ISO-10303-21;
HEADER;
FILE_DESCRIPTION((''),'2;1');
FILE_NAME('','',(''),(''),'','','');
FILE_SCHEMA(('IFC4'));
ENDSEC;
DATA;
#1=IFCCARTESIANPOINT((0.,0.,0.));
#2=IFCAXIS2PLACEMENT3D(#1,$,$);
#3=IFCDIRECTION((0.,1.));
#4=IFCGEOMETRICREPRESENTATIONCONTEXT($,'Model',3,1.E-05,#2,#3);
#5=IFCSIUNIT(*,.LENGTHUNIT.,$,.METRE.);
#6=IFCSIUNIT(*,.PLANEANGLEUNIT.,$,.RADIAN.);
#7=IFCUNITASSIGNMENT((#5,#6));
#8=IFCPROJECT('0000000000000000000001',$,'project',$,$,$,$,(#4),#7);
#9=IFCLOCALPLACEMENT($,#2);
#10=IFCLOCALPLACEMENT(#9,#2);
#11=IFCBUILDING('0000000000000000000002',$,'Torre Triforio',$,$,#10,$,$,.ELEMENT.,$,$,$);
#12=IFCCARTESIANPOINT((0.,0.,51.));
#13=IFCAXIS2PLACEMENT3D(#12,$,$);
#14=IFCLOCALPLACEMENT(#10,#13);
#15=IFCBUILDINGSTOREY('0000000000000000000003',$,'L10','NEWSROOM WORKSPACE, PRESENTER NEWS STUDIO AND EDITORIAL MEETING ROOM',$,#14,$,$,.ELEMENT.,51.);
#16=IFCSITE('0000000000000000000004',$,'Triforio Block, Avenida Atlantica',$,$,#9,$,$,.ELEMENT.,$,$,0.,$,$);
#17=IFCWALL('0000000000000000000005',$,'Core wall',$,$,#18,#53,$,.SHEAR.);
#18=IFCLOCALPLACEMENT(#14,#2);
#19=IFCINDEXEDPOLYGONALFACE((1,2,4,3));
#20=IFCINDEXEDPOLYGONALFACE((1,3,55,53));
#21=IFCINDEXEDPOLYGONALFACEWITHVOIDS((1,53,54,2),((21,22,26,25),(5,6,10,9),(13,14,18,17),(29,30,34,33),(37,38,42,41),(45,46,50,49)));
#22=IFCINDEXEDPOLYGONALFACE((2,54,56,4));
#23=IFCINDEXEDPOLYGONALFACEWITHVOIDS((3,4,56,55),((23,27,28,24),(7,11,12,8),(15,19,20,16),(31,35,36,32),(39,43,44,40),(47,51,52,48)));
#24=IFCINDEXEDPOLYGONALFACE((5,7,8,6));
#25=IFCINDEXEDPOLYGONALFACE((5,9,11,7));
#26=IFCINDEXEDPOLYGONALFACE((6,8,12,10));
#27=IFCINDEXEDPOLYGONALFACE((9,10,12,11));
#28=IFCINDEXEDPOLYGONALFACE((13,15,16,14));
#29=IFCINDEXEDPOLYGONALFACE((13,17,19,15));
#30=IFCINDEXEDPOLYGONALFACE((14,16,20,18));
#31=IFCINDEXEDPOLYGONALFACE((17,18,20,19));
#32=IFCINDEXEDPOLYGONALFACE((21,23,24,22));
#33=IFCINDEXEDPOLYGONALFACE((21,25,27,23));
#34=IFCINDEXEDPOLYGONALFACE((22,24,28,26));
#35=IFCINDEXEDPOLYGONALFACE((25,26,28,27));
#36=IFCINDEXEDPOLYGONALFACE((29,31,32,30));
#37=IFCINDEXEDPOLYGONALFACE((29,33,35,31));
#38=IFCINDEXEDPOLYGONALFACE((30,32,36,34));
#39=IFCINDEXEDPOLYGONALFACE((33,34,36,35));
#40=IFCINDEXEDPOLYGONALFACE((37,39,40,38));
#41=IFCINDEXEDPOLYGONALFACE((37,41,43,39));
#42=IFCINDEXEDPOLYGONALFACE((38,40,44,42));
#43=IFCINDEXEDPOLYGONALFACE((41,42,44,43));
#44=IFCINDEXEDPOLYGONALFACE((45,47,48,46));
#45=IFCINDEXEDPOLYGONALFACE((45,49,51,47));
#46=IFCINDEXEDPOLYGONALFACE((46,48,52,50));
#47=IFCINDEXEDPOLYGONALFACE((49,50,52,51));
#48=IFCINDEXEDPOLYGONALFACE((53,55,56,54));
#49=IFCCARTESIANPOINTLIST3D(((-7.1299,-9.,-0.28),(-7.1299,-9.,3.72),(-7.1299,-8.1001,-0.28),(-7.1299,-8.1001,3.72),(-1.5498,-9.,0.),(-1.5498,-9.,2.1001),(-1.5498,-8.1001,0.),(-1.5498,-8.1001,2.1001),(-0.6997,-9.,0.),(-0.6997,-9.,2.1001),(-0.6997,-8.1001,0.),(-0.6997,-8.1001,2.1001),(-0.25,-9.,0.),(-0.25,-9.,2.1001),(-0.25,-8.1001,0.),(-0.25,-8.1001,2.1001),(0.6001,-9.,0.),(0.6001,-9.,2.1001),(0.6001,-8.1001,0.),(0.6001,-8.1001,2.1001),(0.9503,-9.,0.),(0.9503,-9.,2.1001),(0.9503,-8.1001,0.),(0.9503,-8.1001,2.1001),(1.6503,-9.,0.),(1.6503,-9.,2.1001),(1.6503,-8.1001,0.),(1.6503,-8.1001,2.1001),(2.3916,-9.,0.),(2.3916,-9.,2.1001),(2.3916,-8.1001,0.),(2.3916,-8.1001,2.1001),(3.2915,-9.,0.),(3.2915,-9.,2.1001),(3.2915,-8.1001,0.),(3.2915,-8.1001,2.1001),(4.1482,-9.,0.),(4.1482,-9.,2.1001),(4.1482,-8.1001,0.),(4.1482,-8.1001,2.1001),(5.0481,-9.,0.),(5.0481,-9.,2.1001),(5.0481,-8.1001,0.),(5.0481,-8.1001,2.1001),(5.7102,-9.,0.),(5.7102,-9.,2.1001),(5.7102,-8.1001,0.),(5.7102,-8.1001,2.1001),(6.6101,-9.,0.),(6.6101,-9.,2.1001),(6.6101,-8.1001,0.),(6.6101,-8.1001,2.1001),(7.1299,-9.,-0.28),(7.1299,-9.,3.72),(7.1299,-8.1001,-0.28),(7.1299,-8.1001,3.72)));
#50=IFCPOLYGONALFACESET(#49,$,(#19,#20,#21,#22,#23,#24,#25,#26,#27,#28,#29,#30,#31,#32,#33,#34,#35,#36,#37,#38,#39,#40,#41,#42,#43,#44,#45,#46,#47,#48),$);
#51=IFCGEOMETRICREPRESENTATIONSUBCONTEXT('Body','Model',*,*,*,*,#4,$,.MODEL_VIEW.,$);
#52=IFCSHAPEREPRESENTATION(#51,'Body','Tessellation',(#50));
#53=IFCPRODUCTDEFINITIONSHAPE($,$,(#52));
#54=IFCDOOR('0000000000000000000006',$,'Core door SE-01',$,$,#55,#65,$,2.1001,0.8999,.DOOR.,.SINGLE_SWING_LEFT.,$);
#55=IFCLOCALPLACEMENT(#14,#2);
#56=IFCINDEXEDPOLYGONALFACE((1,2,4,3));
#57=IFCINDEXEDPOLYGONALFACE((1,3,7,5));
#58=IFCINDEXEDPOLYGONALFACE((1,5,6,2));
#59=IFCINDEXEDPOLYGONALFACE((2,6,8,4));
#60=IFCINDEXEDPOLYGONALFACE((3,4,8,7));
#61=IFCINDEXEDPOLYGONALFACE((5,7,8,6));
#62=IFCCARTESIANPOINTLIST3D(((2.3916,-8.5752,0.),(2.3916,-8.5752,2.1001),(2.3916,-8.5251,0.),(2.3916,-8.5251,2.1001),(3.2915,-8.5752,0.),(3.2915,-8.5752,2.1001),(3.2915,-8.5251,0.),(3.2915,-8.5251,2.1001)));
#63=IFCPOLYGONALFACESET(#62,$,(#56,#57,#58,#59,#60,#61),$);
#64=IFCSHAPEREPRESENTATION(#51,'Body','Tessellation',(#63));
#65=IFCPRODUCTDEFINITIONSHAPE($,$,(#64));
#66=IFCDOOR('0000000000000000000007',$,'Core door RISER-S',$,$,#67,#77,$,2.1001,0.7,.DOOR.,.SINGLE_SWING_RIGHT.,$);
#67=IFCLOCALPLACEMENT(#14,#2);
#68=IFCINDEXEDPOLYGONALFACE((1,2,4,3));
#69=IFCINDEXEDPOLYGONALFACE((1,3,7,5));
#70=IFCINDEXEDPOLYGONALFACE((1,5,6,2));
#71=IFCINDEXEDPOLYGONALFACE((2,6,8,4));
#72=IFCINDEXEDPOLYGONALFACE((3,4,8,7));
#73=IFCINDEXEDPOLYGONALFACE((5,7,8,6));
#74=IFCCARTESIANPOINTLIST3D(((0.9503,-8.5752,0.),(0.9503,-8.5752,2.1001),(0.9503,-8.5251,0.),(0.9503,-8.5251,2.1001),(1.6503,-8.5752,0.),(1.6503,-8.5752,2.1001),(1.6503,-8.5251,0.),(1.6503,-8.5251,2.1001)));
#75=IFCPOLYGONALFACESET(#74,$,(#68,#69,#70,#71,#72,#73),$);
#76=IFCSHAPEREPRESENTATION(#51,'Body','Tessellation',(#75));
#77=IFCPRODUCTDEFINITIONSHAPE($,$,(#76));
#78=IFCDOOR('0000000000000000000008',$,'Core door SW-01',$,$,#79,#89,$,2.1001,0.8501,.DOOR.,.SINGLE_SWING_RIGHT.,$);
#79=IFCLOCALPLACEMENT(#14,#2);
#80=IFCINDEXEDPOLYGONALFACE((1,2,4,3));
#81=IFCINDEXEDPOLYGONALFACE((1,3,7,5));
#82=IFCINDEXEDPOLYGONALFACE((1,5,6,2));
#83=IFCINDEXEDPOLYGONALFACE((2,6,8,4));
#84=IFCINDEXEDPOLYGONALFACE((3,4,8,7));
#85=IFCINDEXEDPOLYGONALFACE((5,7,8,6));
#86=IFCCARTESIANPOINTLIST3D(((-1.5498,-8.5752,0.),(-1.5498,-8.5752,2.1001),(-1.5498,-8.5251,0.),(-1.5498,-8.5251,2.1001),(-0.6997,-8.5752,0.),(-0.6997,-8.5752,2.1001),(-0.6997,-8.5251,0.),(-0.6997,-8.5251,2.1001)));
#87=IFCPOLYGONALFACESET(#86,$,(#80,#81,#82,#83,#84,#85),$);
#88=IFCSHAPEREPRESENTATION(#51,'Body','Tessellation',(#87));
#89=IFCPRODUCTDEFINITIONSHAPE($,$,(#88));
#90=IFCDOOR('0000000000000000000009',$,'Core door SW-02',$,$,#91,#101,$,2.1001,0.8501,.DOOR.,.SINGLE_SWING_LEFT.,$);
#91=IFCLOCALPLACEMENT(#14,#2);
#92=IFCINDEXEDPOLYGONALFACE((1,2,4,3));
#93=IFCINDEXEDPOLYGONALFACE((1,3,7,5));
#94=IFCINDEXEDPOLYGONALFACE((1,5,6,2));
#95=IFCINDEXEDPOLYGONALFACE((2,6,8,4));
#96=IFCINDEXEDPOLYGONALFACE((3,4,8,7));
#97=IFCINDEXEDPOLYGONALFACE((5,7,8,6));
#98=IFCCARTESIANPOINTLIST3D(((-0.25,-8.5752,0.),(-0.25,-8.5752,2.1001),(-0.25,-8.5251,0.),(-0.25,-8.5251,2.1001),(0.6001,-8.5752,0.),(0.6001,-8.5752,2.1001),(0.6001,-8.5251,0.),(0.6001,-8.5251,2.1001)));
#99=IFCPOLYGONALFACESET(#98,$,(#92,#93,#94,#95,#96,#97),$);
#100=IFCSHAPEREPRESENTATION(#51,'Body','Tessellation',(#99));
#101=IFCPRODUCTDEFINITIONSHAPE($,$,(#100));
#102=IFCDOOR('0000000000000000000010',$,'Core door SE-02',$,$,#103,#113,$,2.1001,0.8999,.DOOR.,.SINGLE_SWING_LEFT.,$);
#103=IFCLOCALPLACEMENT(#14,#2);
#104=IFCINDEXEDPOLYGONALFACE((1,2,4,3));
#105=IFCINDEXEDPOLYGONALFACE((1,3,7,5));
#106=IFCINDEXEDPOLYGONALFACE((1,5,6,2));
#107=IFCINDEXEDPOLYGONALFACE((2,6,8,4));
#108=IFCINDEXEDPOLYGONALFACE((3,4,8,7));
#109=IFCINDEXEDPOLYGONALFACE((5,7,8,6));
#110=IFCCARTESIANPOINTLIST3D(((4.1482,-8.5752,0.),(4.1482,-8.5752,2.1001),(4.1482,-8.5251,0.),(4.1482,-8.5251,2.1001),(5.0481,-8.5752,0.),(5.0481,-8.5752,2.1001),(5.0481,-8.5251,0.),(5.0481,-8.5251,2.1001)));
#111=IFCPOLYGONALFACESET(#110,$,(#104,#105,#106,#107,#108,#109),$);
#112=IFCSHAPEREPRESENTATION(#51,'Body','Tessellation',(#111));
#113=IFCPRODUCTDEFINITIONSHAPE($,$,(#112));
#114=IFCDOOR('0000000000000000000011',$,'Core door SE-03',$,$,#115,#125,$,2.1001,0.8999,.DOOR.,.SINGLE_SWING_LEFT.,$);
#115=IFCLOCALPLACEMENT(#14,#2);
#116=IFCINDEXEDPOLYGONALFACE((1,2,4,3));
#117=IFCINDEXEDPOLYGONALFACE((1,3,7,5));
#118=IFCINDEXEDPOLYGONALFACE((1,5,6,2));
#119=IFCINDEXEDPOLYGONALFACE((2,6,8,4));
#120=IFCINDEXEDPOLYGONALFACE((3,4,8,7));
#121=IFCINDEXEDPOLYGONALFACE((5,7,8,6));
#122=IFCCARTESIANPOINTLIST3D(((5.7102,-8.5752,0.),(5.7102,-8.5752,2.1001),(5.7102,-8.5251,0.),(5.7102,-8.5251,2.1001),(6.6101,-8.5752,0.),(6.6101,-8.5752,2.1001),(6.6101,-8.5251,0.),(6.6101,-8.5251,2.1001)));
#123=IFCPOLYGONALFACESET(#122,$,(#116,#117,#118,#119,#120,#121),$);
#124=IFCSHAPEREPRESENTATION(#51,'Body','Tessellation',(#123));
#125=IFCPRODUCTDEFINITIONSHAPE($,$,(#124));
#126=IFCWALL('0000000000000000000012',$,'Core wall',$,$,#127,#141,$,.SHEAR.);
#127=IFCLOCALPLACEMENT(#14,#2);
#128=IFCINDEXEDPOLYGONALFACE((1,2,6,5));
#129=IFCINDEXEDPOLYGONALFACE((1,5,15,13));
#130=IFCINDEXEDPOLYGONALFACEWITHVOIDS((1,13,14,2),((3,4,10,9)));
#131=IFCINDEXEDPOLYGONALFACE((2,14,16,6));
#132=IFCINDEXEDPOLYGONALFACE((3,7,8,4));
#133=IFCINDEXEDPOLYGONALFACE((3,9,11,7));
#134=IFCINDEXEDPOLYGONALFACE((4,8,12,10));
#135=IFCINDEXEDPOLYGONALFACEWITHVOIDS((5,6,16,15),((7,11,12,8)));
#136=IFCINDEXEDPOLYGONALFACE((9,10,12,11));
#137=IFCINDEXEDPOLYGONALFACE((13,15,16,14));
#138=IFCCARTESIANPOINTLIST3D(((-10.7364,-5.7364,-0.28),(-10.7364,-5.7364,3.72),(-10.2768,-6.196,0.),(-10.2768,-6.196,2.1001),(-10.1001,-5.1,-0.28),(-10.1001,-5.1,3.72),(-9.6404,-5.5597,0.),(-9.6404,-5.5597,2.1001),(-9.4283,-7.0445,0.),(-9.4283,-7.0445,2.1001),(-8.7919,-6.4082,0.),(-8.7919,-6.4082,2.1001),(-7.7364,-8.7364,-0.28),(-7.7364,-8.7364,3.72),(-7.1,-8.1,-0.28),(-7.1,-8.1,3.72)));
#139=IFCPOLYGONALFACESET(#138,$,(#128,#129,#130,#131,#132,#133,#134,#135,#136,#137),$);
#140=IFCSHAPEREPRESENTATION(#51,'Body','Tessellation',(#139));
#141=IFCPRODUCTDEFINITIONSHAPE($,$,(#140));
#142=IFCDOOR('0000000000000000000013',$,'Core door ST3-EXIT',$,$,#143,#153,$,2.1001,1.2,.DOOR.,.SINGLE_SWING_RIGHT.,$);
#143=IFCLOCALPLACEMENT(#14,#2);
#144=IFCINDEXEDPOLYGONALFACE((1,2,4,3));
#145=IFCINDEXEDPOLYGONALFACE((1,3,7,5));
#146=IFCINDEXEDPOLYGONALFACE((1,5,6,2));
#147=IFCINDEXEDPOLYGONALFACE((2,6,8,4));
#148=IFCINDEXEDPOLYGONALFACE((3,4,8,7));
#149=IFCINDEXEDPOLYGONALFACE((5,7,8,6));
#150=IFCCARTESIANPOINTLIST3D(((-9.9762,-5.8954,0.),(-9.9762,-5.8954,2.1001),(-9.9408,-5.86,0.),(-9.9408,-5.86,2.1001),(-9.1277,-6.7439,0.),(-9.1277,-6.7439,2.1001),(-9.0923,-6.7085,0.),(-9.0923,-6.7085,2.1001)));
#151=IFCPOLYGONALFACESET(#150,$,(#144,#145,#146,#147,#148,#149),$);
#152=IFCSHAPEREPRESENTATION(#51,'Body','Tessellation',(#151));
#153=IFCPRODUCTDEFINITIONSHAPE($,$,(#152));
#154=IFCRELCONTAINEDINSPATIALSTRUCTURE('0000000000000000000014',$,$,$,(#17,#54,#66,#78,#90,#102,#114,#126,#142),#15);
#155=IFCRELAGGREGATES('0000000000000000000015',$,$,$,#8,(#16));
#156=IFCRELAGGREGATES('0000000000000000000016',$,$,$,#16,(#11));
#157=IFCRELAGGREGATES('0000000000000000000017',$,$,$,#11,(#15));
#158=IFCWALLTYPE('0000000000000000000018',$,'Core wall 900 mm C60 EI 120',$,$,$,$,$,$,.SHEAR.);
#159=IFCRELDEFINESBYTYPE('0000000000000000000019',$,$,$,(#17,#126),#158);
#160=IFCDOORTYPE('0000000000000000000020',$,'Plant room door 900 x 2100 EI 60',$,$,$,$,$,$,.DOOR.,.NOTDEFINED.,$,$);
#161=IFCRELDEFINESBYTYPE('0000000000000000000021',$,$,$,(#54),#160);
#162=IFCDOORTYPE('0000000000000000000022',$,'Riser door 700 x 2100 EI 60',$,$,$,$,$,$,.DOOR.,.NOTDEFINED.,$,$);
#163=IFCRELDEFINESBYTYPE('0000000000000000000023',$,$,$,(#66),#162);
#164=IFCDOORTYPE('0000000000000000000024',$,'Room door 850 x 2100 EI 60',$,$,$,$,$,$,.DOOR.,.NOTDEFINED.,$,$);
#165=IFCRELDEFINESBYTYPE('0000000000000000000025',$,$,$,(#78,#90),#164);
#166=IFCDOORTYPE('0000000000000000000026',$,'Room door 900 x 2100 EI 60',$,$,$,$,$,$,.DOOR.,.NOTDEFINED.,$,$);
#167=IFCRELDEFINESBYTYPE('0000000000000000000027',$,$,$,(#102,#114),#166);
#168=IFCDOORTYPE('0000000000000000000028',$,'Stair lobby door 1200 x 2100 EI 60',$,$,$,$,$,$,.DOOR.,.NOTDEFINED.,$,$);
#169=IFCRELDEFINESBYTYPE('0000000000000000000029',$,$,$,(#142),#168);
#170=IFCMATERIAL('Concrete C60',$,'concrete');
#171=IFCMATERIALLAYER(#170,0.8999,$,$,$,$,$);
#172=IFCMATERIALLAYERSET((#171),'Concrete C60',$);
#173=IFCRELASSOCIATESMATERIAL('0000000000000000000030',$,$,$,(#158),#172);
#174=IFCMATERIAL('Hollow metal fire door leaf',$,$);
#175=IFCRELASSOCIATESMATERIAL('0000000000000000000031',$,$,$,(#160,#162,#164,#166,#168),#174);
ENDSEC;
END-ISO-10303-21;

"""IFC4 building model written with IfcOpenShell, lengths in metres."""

from ifc_helpers import new_model, si_unit, direction, frame, frame_2d, origin, place, context, subcontext, project, spatial, rectangle, extrude, material, layer, layer_set, type_object, element, fill, save


model = new_model("IFC4")

# Units and contexts
model_context = context("Model", 3, precision=1e-05, world=origin(), true_north=direction((0.0, 1.0)))
body_context = subcontext(model_context, "Body", "Model", "MODEL_VIEW")
ifc_project = project(units=[si_unit("LENGTHUNIT", "METRE"), si_unit("PLANEANGLEUNIT", "RADIAN")], contexts=[model_context])

# Site, building, storey
site_placement = place(None, origin())
site = spatial("IfcSite", under=ifc_project, at=site_placement, Name="Triforio Block, Avenida Atlantica", CompositionType="ELEMENT", RefElevation=0.0)
building_placement = place(site_placement, origin())
building = spatial("IfcBuilding", under=site, at=building_placement, Name="Torre Triforio", CompositionType="ELEMENT")
storey_placement = place(building_placement, frame((0.0, 0.0, 51.0)))
storey = spatial("IfcBuildingStorey", under=building, at=storey_placement, Name="L10", Description="NEWSROOM WORKSPACE, PRESENTER NEWS STUDIO AND EDITORIAL MEETING ROOM", CompositionType="ELEMENT", Elevation=51.0)

# Shared definitions
ifc_material_1 = material(Name="Concrete C60", Category="concrete")

# Wall, openings, doors
ifc_layer_1 = layer(ifc_material_1, 0.8999)
ifc_layer_set_1 = layer_set([ifc_layer_1], Name="Concrete C60")
wall_type_1 = type_object("IfcWallType", Name="Core wall 900 mm C60 EI 120", PredefinedType="SHEAR", material=ifc_layer_set_1)
wall_1_placement = place(storey_placement, frame((-7.1299, -8.55, -0.28), z_axis=(0.0, 0.0, 1.0), x_axis=(1.0, 0.0, 0.0)))
wall_1 = element("IfcWall", 1, at=wall_1_placement, inside=storey, type_object=wall_type_1, Name="Core wall", PredefinedType="SHEAR", context=body_context, shape_type="SweptSolid", body=[
    extrude(rectangle(XDim=14.2598, YDim=0.8999, at=frame_2d((7.1299, 0.0))), origin(), (0.0, 0.0, 1.0), 4.0),
])
opening_1_placement = place(wall_1_placement, frame((8.0801, 0.0, 0.28)))
opening_1 = element("IfcOpeningElement", 2, at=opening_1_placement, cuts=wall_1, PredefinedType="OPENING", context=body_context, shape_type="SweptSolid", body=[
    extrude(rectangle(XDim=0.7, YDim=2.1001, at=frame_2d((0.3501, 1.05))), frame((0.0, 0.46, 0.0), z_axis=(0.0, -1.0, 0.0), x_axis=(1.0, 0.0, 0.0)), (0.0, 0.0, 1.0), 0.9199),
])
opening_2_placement = place(wall_1_placement, frame((5.5801, 0.0, 0.28)))
opening_2 = element("IfcOpeningElement", 3, at=opening_2_placement, cuts=wall_1, PredefinedType="OPENING", context=body_context, shape_type="SweptSolid", body=[
    extrude(rectangle(XDim=0.8501, YDim=2.1001, at=frame_2d((0.425, 1.05))), frame((0.0, 0.46, 0.0), z_axis=(0.0, -1.0, 0.0), x_axis=(1.0, 0.0, 0.0)), (0.0, 0.0, 1.0), 0.9199),
])
opening_3_placement = place(wall_1_placement, frame((6.8799, 0.0, 0.28)))
opening_3 = element("IfcOpeningElement", 4, at=opening_3_placement, cuts=wall_1, PredefinedType="OPENING", context=body_context, shape_type="SweptSolid", body=[
    extrude(rectangle(XDim=0.8501, YDim=2.1001, at=frame_2d((0.425, 1.05))), frame((0.0, 0.46, 0.0), z_axis=(0.0, -1.0, 0.0), x_axis=(1.0, 0.0, 0.0)), (0.0, 0.0, 1.0), 0.9199),
])
opening_4_placement = place(wall_1_placement, frame((9.5215, 0.0, 0.28)))
opening_4 = element("IfcOpeningElement", 5, at=opening_4_placement, cuts=wall_1, PredefinedType="OPENING", context=body_context, shape_type="SweptSolid", body=[
    extrude(rectangle(XDim=0.8999, YDim=2.1001, at=frame_2d((0.45, 1.05))), frame((0.0, 0.46, 0.0), z_axis=(0.0, -1.0, 0.0), x_axis=(1.0, 0.0, 0.0)), (0.0, 0.0, 1.0), 0.9199),
])
opening_5_placement = place(wall_1_placement, frame((11.2781, 0.0, 0.28)))
opening_5 = element("IfcOpeningElement", 6, at=opening_5_placement, cuts=wall_1, PredefinedType="OPENING", context=body_context, shape_type="SweptSolid", body=[
    extrude(rectangle(XDim=0.8999, YDim=2.1001, at=frame_2d((0.45, 1.05))), frame((0.0, 0.46, 0.0), z_axis=(0.0, -1.0, 0.0), x_axis=(1.0, 0.0, 0.0)), (0.0, 0.0, 1.0), 0.9199),
])
opening_6_placement = place(wall_1_placement, frame((12.8401, 0.0, 0.28)))
opening_6 = element("IfcOpeningElement", 7, at=opening_6_placement, cuts=wall_1, PredefinedType="OPENING", context=body_context, shape_type="SweptSolid", body=[
    extrude(rectangle(XDim=0.8999, YDim=2.1001, at=frame_2d((0.45, 1.05))), frame((0.0, 0.46, 0.0), z_axis=(0.0, -1.0, 0.0), x_axis=(1.0, 0.0, 0.0)), (0.0, 0.0, 1.0), 0.9199),
])
ifc_material_2 = material(Name="Hollow metal fire door leaf")
door_type_1 = type_object("IfcDoorType", Name="Plant room door 900 x 2100 EI 60", OperationType="NOTDEFINED", PredefinedType="DOOR", material=ifc_material_2)
door_1_placement = place(opening_4_placement, origin())
door_1 = element("IfcDoor", 8, at=door_1_placement, inside=storey, type_object=door_type_1, Name="Core door SE-01", OperationType="SINGLE_SWING_LEFT", OverallHeight=2.1001, OverallWidth=0.8999, PredefinedType="DOOR", context=body_context, shape_type="SweptSolid", body=[
    extrude(rectangle(XDim=0.8999, YDim=2.1001, at=frame_2d((0.45, 1.05))), frame((0.0, 0.0249, 0.0), z_axis=(0.0, -1.0, 0.0), x_axis=(1.0, 0.0, 0.0)), (0.0, 0.0, 1.0), 0.05),
])
fill(opening_4, door_1)
door_type_2 = type_object("IfcDoorType", Name="Riser door 700 x 2100 EI 60", OperationType="NOTDEFINED", PredefinedType="DOOR", material=ifc_material_2)
door_2_placement = place(opening_1_placement, origin())
door_2 = element("IfcDoor", 9, at=door_2_placement, inside=storey, type_object=door_type_2, Name="Core door RISER-S", OperationType="SINGLE_SWING_RIGHT", OverallHeight=2.1001, OverallWidth=0.7, PredefinedType="DOOR", context=body_context, shape_type="SweptSolid", body=[
    extrude(rectangle(XDim=0.7, YDim=2.1001, at=frame_2d((0.3501, 1.05))), frame((0.0, 0.0249, 0.0), z_axis=(0.0, -1.0, 0.0), x_axis=(1.0, 0.0, 0.0)), (0.0, 0.0, 1.0), 0.05),
])
fill(opening_1, door_2)
door_type_3 = type_object("IfcDoorType", Name="Room door 850 x 2100 EI 60", OperationType="NOTDEFINED", PredefinedType="DOOR", material=ifc_material_2)
door_3_placement = place(opening_2_placement, origin())
door_3 = element("IfcDoor", 10, at=door_3_placement, inside=storey, type_object=door_type_3, Name="Core door SW-01", OperationType="SINGLE_SWING_RIGHT", OverallHeight=2.1001, OverallWidth=0.8501, PredefinedType="DOOR", context=body_context, shape_type="SweptSolid", body=[
    extrude(rectangle(XDim=0.8501, YDim=2.1001, at=frame_2d((0.425, 1.05))), frame((0.0, 0.0249, 0.0), z_axis=(0.0, -1.0, 0.0), x_axis=(1.0, 0.0, 0.0)), (0.0, 0.0, 1.0), 0.05),
])
fill(opening_2, door_3)
door_4_placement = place(opening_3_placement, origin())
door_4 = element("IfcDoor", 11, at=door_4_placement, inside=storey, type_object=door_type_3, Name="Core door SW-02", OperationType="SINGLE_SWING_LEFT", OverallHeight=2.1001, OverallWidth=0.8501, PredefinedType="DOOR", context=body_context, shape_type="SweptSolid", body=[
    extrude(rectangle(XDim=0.8501, YDim=2.1001, at=frame_2d((0.425, 1.05))), frame((0.0, 0.0249, 0.0), z_axis=(0.0, -1.0, 0.0), x_axis=(1.0, 0.0, 0.0)), (0.0, 0.0, 1.0), 0.05),
])
fill(opening_3, door_4)
door_type_4 = type_object("IfcDoorType", Name="Room door 900 x 2100 EI 60", OperationType="NOTDEFINED", PredefinedType="DOOR", material=ifc_material_2)
door_5_placement = place(opening_5_placement, origin())
door_5 = element("IfcDoor", 12, at=door_5_placement, inside=storey, type_object=door_type_4, Name="Core door SE-02", OperationType="SINGLE_SWING_LEFT", OverallHeight=2.1001, OverallWidth=0.8999, PredefinedType="DOOR", context=body_context, shape_type="SweptSolid", body=[
    extrude(rectangle(XDim=0.8999, YDim=2.1001, at=frame_2d((0.45, 1.05))), frame((0.0, 0.0249, 0.0), z_axis=(0.0, -1.0, 0.0), x_axis=(1.0, 0.0, 0.0)), (0.0, 0.0, 1.0), 0.05),
])
fill(opening_5, door_5)
door_6_placement = place(opening_6_placement, origin())
door_6 = element("IfcDoor", 13, at=door_6_placement, inside=storey, type_object=door_type_4, Name="Core door SE-03", OperationType="SINGLE_SWING_LEFT", OverallHeight=2.1001, OverallWidth=0.8999, PredefinedType="DOOR", context=body_context, shape_type="SweptSolid", body=[
    extrude(rectangle(XDim=0.8999, YDim=2.1001, at=frame_2d((0.45, 1.05))), frame((0.0, 0.0249, 0.0), z_axis=(0.0, -1.0, 0.0), x_axis=(1.0, 0.0, 0.0)), (0.0, 0.0, 1.0), 0.05),
])
fill(opening_6, door_6)

# Wall, opening, door
wall_2_placement = place(storey_placement, frame((-7.4182, -8.4182, -0.28), z_axis=(0.0, 0.0, 1.0), x_axis=(-0.707107, 0.707107, 0.0)))
wall_2 = element("IfcWall", 14, at=wall_2_placement, inside=storey, type_object=wall_type_1, Name="Core wall", PredefinedType="SHEAR", context=body_context, shape_type="SweptSolid", body=[
    extrude(rectangle(XDim=4.2427, YDim=0.8999, at=frame_2d((2.1213, 0.0))), origin(), (0.0, 0.0, 1.0), 4.0),
])
opening_7_placement = place(wall_2_placement, frame((2.3926, 0.0, 0.28)))
opening_7 = element("IfcOpeningElement", 15, at=opening_7_placement, cuts=wall_2, PredefinedType="OPENING", context=body_context, shape_type="SweptSolid", body=[
    extrude(rectangle(XDim=1.2, YDim=2.1001, at=frame_2d((0.6001, 1.05))), frame((0.0, 0.46, 0.0), z_axis=(0.0, -1.0, 0.0), x_axis=(1.0, 0.0, 0.0)), (0.0, 0.0, 1.0), 0.9199),
])
door_type_5 = type_object("IfcDoorType", Name="Stair lobby door 1200 x 2100 EI 60", OperationType="NOTDEFINED", PredefinedType="DOOR", material=ifc_material_2)
door_7_placement = place(opening_7_placement, origin())
door_7 = element("IfcDoor", 16, at=door_7_placement, inside=storey, type_object=door_type_5, Name="Core door ST3-EXIT", OperationType="SINGLE_SWING_RIGHT", OverallHeight=2.1001, OverallWidth=1.2, PredefinedType="DOOR", context=body_context, shape_type="SweptSolid", body=[
    extrude(rectangle(XDim=1.2, YDim=2.1001, at=frame_2d((0.6001, 1.05))), frame((0.0, 0.0249, 0.0), z_axis=(0.0, -1.0, 0.0), x_axis=(1.0, 0.0, 0.0)), (0.0, 0.0, 1.0), 0.05),
])
fill(opening_7, door_7)

save(model, "model.ifc")
